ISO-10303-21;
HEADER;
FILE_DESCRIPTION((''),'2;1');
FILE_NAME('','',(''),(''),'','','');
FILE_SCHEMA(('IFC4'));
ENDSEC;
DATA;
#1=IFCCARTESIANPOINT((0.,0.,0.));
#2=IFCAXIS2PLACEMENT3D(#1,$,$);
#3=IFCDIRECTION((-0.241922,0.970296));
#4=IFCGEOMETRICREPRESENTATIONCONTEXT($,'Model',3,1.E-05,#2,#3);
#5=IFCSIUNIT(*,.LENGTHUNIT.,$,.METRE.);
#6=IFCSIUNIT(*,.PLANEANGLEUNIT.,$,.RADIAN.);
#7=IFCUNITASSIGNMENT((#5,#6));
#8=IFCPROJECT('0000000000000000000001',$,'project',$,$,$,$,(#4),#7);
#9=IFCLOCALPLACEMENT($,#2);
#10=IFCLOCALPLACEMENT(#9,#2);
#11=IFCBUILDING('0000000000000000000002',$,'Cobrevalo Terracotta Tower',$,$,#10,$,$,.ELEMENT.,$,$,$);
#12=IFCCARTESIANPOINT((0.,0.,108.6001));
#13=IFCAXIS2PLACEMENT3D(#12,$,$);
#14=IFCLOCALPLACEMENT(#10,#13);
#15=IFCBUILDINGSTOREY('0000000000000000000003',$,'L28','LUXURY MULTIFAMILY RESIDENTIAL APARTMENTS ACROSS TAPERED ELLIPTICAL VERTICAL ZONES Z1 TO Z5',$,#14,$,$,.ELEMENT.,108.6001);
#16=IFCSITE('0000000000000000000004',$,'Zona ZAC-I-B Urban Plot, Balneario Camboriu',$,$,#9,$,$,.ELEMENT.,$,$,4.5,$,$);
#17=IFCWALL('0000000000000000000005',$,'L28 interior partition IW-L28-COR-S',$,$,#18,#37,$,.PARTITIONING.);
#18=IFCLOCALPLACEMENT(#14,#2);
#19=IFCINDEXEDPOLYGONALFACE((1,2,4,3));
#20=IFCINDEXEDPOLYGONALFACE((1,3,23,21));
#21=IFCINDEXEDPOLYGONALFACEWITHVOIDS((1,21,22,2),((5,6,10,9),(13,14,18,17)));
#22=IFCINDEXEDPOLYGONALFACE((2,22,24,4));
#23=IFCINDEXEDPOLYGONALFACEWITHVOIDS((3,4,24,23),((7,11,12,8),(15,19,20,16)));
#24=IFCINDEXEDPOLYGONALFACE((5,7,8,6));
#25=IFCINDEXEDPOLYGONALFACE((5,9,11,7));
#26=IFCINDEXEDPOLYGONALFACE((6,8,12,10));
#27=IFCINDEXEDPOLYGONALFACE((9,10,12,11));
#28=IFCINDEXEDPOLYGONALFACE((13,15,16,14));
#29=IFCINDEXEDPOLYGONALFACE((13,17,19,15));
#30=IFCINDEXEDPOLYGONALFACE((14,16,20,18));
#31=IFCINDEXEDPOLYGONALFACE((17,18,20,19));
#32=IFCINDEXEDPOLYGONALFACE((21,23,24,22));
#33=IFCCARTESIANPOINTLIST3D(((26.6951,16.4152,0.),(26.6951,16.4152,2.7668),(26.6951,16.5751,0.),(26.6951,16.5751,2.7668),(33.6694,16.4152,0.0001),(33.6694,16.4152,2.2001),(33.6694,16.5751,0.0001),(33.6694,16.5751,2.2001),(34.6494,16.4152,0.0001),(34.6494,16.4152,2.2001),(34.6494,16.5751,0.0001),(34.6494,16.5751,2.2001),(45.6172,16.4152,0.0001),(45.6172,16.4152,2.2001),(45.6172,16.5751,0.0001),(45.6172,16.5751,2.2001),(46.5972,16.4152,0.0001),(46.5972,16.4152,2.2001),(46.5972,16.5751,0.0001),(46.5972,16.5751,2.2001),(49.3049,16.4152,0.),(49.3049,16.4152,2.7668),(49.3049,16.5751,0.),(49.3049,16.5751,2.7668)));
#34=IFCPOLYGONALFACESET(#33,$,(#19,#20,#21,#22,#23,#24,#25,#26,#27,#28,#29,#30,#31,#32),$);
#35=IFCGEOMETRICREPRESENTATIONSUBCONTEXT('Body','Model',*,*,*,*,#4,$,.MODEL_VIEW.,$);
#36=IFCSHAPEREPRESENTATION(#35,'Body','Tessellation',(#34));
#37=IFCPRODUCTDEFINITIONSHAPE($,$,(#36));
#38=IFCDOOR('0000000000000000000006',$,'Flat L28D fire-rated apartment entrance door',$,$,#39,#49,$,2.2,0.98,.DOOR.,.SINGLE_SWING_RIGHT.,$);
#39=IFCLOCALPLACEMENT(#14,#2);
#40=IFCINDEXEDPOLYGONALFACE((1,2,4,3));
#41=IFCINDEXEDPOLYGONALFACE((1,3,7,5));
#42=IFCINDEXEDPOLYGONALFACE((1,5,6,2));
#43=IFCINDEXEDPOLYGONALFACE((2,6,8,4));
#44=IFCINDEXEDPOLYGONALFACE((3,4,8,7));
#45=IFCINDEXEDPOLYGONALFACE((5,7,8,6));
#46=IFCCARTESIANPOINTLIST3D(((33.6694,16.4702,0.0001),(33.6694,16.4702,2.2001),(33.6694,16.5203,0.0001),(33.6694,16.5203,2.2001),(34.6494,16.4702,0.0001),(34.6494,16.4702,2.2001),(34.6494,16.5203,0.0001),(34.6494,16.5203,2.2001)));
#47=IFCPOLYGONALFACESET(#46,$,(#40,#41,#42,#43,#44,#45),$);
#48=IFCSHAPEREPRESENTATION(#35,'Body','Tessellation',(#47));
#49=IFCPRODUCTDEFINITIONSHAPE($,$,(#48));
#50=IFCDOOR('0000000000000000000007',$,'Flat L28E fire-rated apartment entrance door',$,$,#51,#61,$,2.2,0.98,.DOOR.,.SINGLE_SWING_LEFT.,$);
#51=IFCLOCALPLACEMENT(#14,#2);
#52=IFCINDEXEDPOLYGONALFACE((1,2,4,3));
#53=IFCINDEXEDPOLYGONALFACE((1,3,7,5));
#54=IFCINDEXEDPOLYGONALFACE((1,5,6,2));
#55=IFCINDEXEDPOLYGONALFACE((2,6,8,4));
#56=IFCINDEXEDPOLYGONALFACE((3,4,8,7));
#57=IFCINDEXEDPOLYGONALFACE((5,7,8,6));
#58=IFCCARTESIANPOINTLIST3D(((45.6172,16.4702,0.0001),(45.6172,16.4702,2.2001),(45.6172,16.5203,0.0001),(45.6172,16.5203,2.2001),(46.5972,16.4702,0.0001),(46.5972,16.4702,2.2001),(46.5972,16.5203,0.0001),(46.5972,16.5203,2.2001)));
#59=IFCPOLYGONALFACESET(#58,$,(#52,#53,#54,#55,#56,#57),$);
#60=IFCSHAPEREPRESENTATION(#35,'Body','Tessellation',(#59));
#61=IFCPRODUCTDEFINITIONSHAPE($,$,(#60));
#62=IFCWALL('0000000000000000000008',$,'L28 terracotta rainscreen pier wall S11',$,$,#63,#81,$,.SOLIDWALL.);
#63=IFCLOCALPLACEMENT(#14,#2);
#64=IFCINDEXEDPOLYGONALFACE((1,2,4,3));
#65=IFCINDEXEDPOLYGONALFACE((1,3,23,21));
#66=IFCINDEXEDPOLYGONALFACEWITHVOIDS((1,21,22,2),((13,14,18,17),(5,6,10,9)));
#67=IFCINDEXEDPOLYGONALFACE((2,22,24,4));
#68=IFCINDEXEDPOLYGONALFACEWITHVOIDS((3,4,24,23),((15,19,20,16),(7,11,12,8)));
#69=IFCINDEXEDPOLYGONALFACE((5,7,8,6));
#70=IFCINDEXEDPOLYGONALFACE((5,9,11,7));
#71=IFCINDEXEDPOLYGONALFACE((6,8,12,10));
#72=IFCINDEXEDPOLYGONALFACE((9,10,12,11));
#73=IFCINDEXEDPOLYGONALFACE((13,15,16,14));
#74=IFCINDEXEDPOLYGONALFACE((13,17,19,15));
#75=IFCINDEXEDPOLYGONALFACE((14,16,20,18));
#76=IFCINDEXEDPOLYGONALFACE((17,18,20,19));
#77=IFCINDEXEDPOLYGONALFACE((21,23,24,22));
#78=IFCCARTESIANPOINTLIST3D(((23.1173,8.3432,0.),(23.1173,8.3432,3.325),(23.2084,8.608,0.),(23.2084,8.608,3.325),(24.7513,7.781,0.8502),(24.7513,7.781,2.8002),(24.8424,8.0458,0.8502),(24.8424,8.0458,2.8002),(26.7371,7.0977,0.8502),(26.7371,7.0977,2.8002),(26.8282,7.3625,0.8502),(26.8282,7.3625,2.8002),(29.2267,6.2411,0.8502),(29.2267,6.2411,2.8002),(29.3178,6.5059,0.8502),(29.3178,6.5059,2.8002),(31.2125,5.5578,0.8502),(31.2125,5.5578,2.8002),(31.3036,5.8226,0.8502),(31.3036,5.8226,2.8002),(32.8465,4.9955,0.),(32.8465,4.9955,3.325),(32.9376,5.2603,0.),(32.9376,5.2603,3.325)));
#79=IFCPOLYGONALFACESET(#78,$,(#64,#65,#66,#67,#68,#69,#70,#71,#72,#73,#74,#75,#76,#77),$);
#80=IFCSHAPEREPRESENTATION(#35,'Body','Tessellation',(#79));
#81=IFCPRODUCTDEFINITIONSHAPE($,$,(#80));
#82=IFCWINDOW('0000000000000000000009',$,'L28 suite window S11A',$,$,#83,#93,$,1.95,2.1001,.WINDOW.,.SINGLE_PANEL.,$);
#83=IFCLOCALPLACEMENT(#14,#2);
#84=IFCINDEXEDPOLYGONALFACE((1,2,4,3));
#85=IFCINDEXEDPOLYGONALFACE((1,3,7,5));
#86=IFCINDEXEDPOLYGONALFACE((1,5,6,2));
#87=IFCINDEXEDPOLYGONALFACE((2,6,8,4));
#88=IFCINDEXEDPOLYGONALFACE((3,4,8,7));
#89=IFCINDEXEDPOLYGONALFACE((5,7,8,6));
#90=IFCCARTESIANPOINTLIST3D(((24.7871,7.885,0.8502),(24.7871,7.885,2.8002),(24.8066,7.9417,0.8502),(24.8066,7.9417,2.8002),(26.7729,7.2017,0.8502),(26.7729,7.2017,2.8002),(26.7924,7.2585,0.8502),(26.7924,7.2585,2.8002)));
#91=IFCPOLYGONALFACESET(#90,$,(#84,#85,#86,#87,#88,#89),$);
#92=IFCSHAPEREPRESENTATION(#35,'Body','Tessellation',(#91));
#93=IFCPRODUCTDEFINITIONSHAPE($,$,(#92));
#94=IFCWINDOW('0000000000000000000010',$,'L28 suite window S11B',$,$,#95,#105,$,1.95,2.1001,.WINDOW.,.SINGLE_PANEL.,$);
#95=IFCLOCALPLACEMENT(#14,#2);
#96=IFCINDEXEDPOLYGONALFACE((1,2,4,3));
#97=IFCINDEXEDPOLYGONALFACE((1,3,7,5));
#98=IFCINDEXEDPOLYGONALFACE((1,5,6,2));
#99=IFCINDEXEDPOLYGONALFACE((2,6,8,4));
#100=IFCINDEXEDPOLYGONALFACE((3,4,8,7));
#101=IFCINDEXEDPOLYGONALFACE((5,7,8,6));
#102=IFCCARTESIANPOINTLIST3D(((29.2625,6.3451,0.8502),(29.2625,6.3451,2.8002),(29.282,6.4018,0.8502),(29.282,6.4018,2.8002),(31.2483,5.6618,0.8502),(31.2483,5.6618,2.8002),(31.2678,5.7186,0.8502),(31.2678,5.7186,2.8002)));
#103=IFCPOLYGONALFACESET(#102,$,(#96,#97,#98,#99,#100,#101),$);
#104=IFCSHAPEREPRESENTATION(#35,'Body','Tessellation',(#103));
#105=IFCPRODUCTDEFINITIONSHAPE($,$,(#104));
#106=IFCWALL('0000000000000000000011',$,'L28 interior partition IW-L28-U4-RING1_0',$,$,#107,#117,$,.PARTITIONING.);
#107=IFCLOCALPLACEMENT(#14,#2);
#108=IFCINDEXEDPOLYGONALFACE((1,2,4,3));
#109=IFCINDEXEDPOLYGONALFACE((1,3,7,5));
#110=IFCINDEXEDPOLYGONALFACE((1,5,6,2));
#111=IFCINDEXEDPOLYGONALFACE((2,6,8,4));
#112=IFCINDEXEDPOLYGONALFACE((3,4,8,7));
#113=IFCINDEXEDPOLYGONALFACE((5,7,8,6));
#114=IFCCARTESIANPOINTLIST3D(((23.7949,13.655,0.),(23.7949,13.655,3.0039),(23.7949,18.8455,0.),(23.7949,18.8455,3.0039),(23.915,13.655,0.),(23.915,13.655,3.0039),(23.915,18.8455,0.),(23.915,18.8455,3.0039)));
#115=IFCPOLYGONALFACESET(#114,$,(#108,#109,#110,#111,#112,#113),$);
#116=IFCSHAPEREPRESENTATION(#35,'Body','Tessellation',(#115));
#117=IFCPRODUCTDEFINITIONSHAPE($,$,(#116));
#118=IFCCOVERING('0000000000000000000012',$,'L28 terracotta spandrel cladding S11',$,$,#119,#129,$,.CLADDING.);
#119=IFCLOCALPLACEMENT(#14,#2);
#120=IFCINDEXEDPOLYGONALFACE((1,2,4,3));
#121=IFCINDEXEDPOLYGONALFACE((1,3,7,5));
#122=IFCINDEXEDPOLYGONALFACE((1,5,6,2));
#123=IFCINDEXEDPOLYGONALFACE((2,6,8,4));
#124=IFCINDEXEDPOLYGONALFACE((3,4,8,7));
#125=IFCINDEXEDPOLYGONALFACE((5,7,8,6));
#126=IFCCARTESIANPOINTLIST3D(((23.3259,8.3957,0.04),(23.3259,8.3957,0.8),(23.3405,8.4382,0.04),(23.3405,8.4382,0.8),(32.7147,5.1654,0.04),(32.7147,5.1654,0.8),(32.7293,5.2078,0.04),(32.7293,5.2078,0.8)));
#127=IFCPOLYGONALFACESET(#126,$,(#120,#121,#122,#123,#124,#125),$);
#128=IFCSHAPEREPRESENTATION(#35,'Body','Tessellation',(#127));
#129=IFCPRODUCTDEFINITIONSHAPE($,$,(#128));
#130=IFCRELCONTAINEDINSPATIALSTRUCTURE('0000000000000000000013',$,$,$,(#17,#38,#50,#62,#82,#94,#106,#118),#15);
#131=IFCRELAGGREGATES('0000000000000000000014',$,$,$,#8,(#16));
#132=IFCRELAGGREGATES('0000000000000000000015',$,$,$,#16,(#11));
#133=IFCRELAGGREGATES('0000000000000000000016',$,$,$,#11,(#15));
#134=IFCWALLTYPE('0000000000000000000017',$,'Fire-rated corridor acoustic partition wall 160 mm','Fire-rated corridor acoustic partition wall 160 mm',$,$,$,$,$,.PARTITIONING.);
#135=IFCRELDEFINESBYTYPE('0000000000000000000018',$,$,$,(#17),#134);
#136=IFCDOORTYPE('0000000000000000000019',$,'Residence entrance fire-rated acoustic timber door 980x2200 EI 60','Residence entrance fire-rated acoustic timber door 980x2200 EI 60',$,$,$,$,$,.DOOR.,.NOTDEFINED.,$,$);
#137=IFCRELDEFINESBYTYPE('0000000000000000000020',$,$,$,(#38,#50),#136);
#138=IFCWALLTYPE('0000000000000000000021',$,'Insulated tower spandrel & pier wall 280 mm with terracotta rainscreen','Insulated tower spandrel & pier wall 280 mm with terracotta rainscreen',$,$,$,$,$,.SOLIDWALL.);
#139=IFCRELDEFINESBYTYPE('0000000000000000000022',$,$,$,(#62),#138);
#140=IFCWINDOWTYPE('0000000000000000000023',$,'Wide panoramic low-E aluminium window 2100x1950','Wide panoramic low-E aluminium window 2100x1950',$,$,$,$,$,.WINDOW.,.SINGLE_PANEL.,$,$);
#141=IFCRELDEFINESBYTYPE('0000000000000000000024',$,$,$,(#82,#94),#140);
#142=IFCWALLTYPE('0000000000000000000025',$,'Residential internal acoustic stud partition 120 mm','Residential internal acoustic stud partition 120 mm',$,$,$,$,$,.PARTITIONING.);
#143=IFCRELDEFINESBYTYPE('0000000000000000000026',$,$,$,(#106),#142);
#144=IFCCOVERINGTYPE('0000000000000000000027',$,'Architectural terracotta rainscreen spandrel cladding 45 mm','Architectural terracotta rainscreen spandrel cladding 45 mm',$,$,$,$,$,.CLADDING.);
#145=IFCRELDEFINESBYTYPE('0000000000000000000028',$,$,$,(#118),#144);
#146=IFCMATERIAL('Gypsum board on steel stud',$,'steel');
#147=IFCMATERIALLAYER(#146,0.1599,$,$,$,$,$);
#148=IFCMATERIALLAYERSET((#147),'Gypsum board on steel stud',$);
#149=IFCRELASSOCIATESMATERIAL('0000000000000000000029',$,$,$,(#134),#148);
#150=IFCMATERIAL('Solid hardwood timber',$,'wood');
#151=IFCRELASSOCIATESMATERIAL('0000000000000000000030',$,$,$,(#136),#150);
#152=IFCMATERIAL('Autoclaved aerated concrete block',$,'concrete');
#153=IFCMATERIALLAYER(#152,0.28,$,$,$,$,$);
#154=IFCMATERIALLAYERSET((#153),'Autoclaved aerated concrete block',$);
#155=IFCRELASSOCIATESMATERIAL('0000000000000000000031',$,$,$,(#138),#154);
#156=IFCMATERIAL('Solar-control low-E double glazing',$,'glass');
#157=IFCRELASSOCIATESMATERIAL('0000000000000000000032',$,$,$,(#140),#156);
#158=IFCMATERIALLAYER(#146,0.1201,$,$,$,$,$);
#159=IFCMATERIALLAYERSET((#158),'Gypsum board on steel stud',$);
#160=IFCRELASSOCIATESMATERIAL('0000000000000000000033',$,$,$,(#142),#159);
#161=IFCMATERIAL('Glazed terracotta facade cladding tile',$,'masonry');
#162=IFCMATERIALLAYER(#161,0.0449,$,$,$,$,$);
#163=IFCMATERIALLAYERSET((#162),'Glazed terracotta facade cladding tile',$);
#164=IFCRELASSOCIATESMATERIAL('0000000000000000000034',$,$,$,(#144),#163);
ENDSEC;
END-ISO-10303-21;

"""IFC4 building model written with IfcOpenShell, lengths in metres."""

from ifc_helpers import new_model, si_unit, direction, frame, frame_2d, origin, origin_2d, place, context, subcontext, project, spatial, rectangle, extrude, source, transform, mapped, material, layer, layer_set, type_object, element, fill, save


model = new_model("IFC4")

# Units and contexts
model_context = context("Model", 3, precision=1e-05, world=origin(), true_north=direction((-0.241922, 0.970296)))
body_context = subcontext(model_context, "Body", "Model", "MODEL_VIEW")
ifc_project = project(units=[si_unit("LENGTHUNIT", "METRE"), si_unit("PLANEANGLEUNIT", "RADIAN")], contexts=[model_context])

# Site, building, storey
site_placement = place(None, origin())
site = spatial("IfcSite", under=ifc_project, at=site_placement, Name="Zona ZAC-I-B Urban Plot, Balneario Camboriu", CompositionType="ELEMENT", RefElevation=4.5)
building_placement = place(site_placement, origin())
building = spatial("IfcBuilding", under=site, at=building_placement, Name="Cobrevalo Terracotta Tower", CompositionType="ELEMENT")
storey_placement = place(building_placement, frame((0.0, 0.0, 108.6001)))
storey = spatial("IfcBuildingStorey", under=building, at=storey_placement, Name="L28", Description="LUXURY MULTIFAMILY RESIDENTIAL APARTMENTS ACROSS TAPERED ELLIPTICAL VERTICAL ZONES Z1 TO Z5", CompositionType="ELEMENT", Elevation=108.6001)

# Wall, openings, doors
ifc_material_1 = material(Name="Gypsum board on steel stud", Category="steel")
ifc_layer_1 = layer(ifc_material_1, 0.1599)
ifc_layer_set_1 = layer_set([ifc_layer_1], Name="Gypsum board on steel stud")
wall_type_1 = type_object("IfcWallType", Name="Fire-rated corridor acoustic partition wall 160 mm", Description="Fire-rated corridor acoustic partition wall 160 mm", PredefinedType="PARTITIONING", material=ifc_layer_set_1)
wall_1_placement = place(storey_placement, frame((26.6951, 16.4951, 0.0), z_axis=(0.0, 0.0, 1.0), x_axis=(1.0, 0.0, 0.0)))
wall_1 = element("IfcWall", 1, at=wall_1_placement, inside=storey, type_object=wall_type_1, Name="L28 interior partition IW-L28-COR-S", PredefinedType="PARTITIONING", context=body_context, shape_type="SweptSolid", body=[
    extrude(rectangle(XDim=22.6099, YDim=0.1599, at=frame_2d((11.3049, 0.0))), origin(), (0.0, 0.0, 1.0), 2.7668),
])
opening_1_placement = place(wall_1_placement, frame((6.9744, 0.0, 0.0)))
opening_1 = element("IfcOpeningElement", 2, at=opening_1_placement, cuts=wall_1, PredefinedType="OPENING", context=body_context, shape_type="SweptSolid", body=[
    extrude(rectangle(XDim=0.98, YDim=2.2, at=frame_2d((0.49, 1.1001))), frame((0.0, 0.0898, 0.0), z_axis=(0.0, -1.0, 0.0), x_axis=(1.0, 0.0, 0.0)), (0.0, 0.0, 1.0), 0.1799),
])
opening_2_placement = place(wall_1_placement, frame((18.9221, 0.0, 0.0)))
opening_2 = element("IfcOpeningElement", 3, at=opening_2_placement, cuts=wall_1, PredefinedType="OPENING", context=body_context, shape_type="SweptSolid", body=[
    extrude(rectangle(XDim=0.98, YDim=2.2, at=frame_2d((0.49, 1.1001))), frame((0.0, 0.0898, 0.0), z_axis=(0.0, -1.0, 0.0), x_axis=(1.0, 0.0, 0.0)), (0.0, 0.0, 1.0), 0.1799),
])
ifc_material_2 = material(Name="Solid hardwood timber", Category="wood")
door_type = type_object("IfcDoorType", Name="Residence entrance fire-rated acoustic timber door 980x2200 EI 60", Description="Residence entrance fire-rated acoustic timber door 980x2200 EI 60", OperationType="NOTDEFINED", PredefinedType="DOOR", material=ifc_material_2)
shared_shape_1 = source(origin(), body_context, "Body", "SweptSolid", [
    extrude(rectangle(XDim=0.98, YDim=2.2, at=frame_2d((0.49, 1.1001))), frame((0.0, 0.0249, 0.0), z_axis=(0.0, -1.0, 0.0), x_axis=(1.0, 0.0, 0.0)), (0.0, 0.0, 1.0), 0.05),
])
door_1_placement = place(opening_1_placement, frame((0.98, 0.0, 0.0), z_axis=(0.0, 0.0, 1.0), x_axis=(-1.0, 0.0, 0.0)))
door_1 = element("IfcDoor", 4, at=door_1_placement, inside=storey, type_object=door_type, Name="Flat L28D fire-rated apartment entrance door", OperationType="SINGLE_SWING_RIGHT", OverallHeight=2.2, OverallWidth=0.98, PredefinedType="DOOR", context=body_context, shape_type="MappedRepresentation", body=[
    mapped(shared_shape_1, transform((0.0, 0.0, 0.0), scale=1.0)),
])
fill(opening_1, door_1)
door_2_placement = place(opening_2_placement, frame((0.98, 0.0, 0.0), z_axis=(0.0, 0.0, 1.0), x_axis=(-1.0, 0.0, 0.0)))
door_2 = element("IfcDoor", 5, at=door_2_placement, inside=storey, type_object=door_type, Name="Flat L28E fire-rated apartment entrance door", OperationType="SINGLE_SWING_LEFT", OverallHeight=2.2, OverallWidth=0.98, PredefinedType="DOOR", context=body_context, shape_type="MappedRepresentation", body=[
    mapped(shared_shape_1, transform((0.0, 0.0, 0.0), scale=1.0)),
])
fill(opening_2, door_2)

# Wall, openings, windows
ifc_material_3 = material(Name="Autoclaved aerated concrete block", Category="concrete")
ifc_layer_2 = layer(ifc_material_3, 0.28)
ifc_layer_set_2 = layer_set([ifc_layer_2], Name="Autoclaved aerated concrete block")
wall_type_2 = type_object("IfcWallType", Name="Insulated tower spandrel & pier wall 280 mm with terracotta rainscreen", Description="Insulated tower spandrel & pier wall 280 mm with terracotta rainscreen", PredefinedType="SOLIDWALL", material=ifc_layer_set_2)
wall_2_placement = place(storey_placement, frame((23.1628, 8.4756, 0.0), z_axis=(0.0, 0.0, 1.0), x_axis=(0.94559, -0.32536, 0.0)))
wall_2 = element("IfcWall", 6, at=wall_2_placement, inside=storey, type_object=wall_type_2, Name="L28 terracotta rainscreen pier wall S11", PredefinedType="SOLIDWALL", context=body_context, shape_type="SweptSolid", body=[
    extrude(rectangle(XDim=10.2891, YDim=0.28, at=frame_2d((5.1445, 0.0))), origin(), (0.0, 0.0, 1.0), 3.325),
])
opening_3_placement = place(wall_2_placement, frame((1.728, 0.0, 0.8501)))
opening_3 = element("IfcOpeningElement", 7, at=opening_3_placement, cuts=wall_2, PredefinedType="OPENING", context=body_context, shape_type="SweptSolid", body=[
    extrude(rectangle(XDim=2.1001, YDim=1.95, at=frame_2d((1.05, 0.9751))), frame((0.0, 0.1499, 0.0), z_axis=(0.0, -1.0, 0.0), x_axis=(1.0, 0.0, 0.0)), (0.0, 0.0, 1.0), 0.3),
])
opening_4_placement = place(wall_2_placement, frame((6.4609, 0.0, 0.8501)))
opening_4 = element("IfcOpeningElement", 8, at=opening_4_placement, cuts=wall_2, PredefinedType="OPENING", context=body_context, shape_type="SweptSolid", body=[
    extrude(rectangle(XDim=2.1001, YDim=1.95, at=frame_2d((1.05, 0.9751))), frame((0.0, 0.1499, 0.0), z_axis=(0.0, -1.0, 0.0), x_axis=(1.0, 0.0, 0.0)), (0.0, 0.0, 1.0), 0.3),
])
ifc_material_4 = material(Name="Solar-control low-E double glazing", Category="glass")
window_type = type_object("IfcWindowType", Name="Wide panoramic low-E aluminium window 2100x1950", Description="Wide panoramic low-E aluminium window 2100x1950", PartitioningType="SINGLE_PANEL", PredefinedType="WINDOW", material=ifc_material_4)
shared_shape_2 = source(origin(), body_context, "Body", "SweptSolid", [
    extrude(rectangle(XDim=2.1001, YDim=1.95, at=frame_2d((1.05, 0.9751))), frame((0.0, 0.03, 0.0), z_axis=(0.0, -1.0, 0.0), x_axis=(1.0, 0.0, 0.0)), (0.0, 0.0, 1.0), 0.0601),
])
window_1_placement = place(opening_3_placement, origin())
window_1 = element("IfcWindow", 9, at=window_1_placement, inside=storey, type_object=window_type, Name="L28 suite window S11A", OverallHeight=1.95, OverallWidth=2.1001, PartitioningType="SINGLE_PANEL", PredefinedType="WINDOW", context=body_context, shape_type="MappedRepresentation", body=[
    mapped(shared_shape_2, transform((0.0, 0.0, 0.0), scale=1.0)),
])
fill(opening_3, window_1)
window_2_placement = place(opening_4_placement, origin())
window_2 = element("IfcWindow", 10, at=window_2_placement, inside=storey, type_object=window_type, Name="L28 suite window S11B", OverallHeight=1.95, OverallWidth=2.1001, PartitioningType="SINGLE_PANEL", PredefinedType="WINDOW", context=body_context, shape_type="MappedRepresentation", body=[
    mapped(shared_shape_2, transform((0.0, 0.0, 0.0), scale=1.0)),
])
fill(opening_4, window_2)

# Wall
ifc_layer_3 = layer(ifc_material_1, 0.1201)
ifc_layer_set_3 = layer_set([ifc_layer_3], Name="Gypsum board on steel stud")
wall_type_3 = type_object("IfcWallType", Name="Residential internal acoustic stud partition 120 mm", Description="Residential internal acoustic stud partition 120 mm", PredefinedType="PARTITIONING", material=ifc_layer_set_3)
wall_3_placement = place(storey_placement, frame((23.855, 13.655, 0.0), z_axis=(0.0, 0.0, 1.0), x_axis=(0.0, 1.0, 0.0)))
element("IfcWall", 11, at=wall_3_placement, inside=storey, type_object=wall_type_3, Name="L28 interior partition IW-L28-U4-RING1_0", PredefinedType="PARTITIONING", context=body_context, shape_type="SweptSolid", body=[
    extrude(rectangle(XDim=5.1904, YDim=0.1201, at=frame_2d((2.5952, 0.0))), origin(), (0.0, 0.0, 1.0), 3.0039),
])

# Covering
ifc_material_5 = material(Name="Glazed terracotta facade cladding tile", Category="masonry")
ifc_layer_4 = layer(ifc_material_5, 0.0449)
ifc_layer_set_4 = layer_set([ifc_layer_4], Name="Glazed terracotta facade cladding tile")
covering_type = type_object("IfcCoveringType", Name="Architectural terracotta rainscreen spandrel cladding 45 mm", Description="Architectural terracotta rainscreen spandrel cladding 45 mm", PredefinedType="CLADDING", material=ifc_layer_set_4)
shared_shape_3 = source(origin(), body_context, "Body", "SweptSolid", [
    extrude(rectangle(XDim=9.929, YDim=0.0449, at=origin_2d()), origin(), (0.0, 0.0, 1.0), 0.76),
])
covering_placement = place(storey_placement, frame((28.0276, 6.8018, 0.04), z_axis=(0.0, 0.0, 1.0), x_axis=(0.945596, -0.325342, 0.0)))
element("IfcCovering", 12, at=covering_placement, inside=storey, type_object=covering_type, Name="L28 terracotta spandrel cladding S11", PredefinedType="CLADDING", context=body_context, shape_type="MappedRepresentation", body=[
    mapped(shared_shape_3, transform((0.0, 0.0, 0.0), scale=1.0)),
])

save(model, "model.ifc")
